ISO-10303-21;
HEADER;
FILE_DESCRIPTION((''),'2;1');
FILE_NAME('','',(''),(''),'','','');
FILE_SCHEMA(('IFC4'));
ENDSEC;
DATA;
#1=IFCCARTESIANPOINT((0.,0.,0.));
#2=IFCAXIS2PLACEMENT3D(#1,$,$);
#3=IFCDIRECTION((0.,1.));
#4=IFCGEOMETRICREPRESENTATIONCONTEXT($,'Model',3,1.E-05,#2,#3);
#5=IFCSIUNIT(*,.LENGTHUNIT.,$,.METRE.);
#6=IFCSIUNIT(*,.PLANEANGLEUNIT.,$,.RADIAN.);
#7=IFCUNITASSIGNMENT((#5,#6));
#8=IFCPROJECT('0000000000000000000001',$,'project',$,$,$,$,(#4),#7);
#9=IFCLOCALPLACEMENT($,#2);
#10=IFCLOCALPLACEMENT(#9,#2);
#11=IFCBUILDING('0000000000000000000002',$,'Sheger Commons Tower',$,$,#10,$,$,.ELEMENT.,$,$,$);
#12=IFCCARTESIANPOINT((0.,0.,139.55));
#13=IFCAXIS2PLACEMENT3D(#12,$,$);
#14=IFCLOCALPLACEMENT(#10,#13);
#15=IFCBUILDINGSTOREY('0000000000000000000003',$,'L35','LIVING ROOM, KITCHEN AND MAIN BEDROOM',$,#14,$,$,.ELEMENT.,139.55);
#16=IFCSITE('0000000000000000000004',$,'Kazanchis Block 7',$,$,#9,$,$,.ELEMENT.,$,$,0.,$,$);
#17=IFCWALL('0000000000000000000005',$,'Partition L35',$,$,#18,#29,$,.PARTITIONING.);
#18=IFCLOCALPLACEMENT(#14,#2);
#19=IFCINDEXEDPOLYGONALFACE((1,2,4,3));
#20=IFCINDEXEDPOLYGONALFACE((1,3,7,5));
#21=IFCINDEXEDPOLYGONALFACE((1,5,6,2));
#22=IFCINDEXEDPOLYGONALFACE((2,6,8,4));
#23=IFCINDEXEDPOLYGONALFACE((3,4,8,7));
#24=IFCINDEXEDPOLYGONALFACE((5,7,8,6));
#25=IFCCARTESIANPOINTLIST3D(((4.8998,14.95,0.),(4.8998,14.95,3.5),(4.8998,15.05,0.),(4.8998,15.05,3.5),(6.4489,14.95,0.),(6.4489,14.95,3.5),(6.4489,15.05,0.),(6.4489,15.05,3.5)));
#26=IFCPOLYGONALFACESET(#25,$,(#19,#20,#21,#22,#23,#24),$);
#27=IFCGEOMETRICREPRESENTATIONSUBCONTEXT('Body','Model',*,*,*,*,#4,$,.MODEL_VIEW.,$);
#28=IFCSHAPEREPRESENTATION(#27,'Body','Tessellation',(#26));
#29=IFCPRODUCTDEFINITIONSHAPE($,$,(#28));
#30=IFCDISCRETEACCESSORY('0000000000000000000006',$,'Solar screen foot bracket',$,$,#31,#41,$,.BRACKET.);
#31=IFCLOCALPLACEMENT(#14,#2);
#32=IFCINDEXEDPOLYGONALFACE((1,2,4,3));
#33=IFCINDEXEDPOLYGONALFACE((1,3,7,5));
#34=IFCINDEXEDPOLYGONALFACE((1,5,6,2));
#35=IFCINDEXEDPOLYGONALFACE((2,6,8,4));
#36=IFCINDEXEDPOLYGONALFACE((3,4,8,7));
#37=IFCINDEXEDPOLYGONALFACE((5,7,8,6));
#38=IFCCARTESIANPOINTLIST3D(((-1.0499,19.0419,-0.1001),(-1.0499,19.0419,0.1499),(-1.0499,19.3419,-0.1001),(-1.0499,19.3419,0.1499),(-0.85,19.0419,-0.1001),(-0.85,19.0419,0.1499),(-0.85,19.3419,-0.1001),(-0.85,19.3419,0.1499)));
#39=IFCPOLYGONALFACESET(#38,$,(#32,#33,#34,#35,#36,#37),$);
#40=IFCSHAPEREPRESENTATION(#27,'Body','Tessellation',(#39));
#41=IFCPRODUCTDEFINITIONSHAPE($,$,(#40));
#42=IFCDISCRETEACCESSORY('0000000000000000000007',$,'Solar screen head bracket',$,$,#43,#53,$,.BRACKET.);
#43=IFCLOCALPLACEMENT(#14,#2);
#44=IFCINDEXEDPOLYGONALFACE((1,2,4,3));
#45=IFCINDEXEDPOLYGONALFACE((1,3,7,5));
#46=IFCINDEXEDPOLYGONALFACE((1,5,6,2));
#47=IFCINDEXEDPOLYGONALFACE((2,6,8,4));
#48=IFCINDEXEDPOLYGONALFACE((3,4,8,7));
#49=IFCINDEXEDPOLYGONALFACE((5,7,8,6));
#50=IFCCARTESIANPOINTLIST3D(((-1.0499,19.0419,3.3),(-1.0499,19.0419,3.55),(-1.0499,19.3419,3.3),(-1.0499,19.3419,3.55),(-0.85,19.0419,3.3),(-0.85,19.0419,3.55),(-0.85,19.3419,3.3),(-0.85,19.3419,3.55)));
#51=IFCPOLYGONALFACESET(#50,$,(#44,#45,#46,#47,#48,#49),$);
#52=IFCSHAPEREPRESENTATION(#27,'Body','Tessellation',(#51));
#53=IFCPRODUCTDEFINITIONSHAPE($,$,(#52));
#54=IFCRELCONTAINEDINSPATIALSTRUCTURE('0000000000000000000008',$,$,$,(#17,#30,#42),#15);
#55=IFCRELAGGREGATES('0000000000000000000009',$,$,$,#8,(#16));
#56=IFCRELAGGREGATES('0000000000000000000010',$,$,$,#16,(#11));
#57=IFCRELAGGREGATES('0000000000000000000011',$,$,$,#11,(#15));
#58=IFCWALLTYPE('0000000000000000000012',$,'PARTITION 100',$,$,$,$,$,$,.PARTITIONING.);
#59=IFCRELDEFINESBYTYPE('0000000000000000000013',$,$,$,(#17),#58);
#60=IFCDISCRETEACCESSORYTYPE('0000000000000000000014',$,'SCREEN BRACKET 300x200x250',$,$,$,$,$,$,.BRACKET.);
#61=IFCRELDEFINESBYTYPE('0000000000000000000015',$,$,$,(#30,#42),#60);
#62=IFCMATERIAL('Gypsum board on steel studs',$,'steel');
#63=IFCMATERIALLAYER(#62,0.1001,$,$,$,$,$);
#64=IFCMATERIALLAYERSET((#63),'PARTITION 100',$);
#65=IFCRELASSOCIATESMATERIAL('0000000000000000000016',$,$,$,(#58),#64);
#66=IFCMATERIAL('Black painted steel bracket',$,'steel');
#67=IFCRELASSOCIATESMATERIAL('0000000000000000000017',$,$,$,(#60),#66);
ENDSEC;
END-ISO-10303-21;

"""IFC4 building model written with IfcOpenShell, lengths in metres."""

from ifc_helpers import new_model, si_unit, direction, frame, frame_2d, origin, origin_2d, place, context, subcontext, project, spatial, rectangle, extrude, material, layer, layer_set, type_object, element, save


model = new_model("IFC4")

# Units and contexts
model_context = context("Model", 3, precision=1e-05, world=origin(), true_north=direction((0.0, 1.0)))
body_context = subcontext(model_context, "Body", "Model", "MODEL_VIEW")
ifc_project = project(units=[si_unit("LENGTHUNIT", "METRE"), si_unit("PLANEANGLEUNIT", "RADIAN")], contexts=[model_context])

# Site, building, storey
site_placement = place(None, origin())
site = spatial("IfcSite", under=ifc_project, at=site_placement, Name="Kazanchis Block 7", CompositionType="ELEMENT", RefElevation=0.0)
building_placement = place(site_placement, origin())
building = spatial("IfcBuilding", under=site, at=building_placement, Name="Sheger Commons Tower", CompositionType="ELEMENT")
storey_placement = place(building_placement, frame((0.0, 0.0, 139.55)))
storey = spatial("IfcBuildingStorey", under=building, at=storey_placement, Name="L35", Description="LIVING ROOM, KITCHEN AND MAIN BEDROOM", CompositionType="ELEMENT", Elevation=139.55)

# Shared definitions
ifc_material_1 = material(Name="Gypsum board on steel studs", Category="steel")
ifc_layer_1 = layer(ifc_material_1, 0.1001)
ifc_layer_set_1 = layer_set([ifc_layer_1], Name="PARTITION 100")
wall_type = type_object("IfcWallType", Name="PARTITION 100", PredefinedType="PARTITIONING", material=ifc_layer_set_1)

# Wall
wall_1_placement = place(storey_placement, frame((4.8999, 15.0, 0.0), z_axis=(0.0, 0.0, 1.0), x_axis=(1.0, 0.0, 0.0)))
element("IfcWall", 1, at=wall_1_placement, inside=storey, type_object=wall_type, Name="Partition L35", PredefinedType="PARTITIONING", context=body_context, shape_type="SweptSolid", body=[
    extrude(rectangle(XDim=1.5491, YDim=0.1001, at=frame_2d((0.7744, 0.0))), origin(), (0.0, 0.0, 1.0), 3.5),
])

# Discrete accessories
ifc_material_2 = material(Name="Black painted steel bracket", Category="steel")
discrete_accessory_type = type_object("IfcDiscreteAccessoryType", Name="SCREEN BRACKET 300x200x250", PredefinedType="BRACKET", material=ifc_material_2)
for number, where, z_axis, x_axis, name in (
    (2, (-0.95, 19.1919, -0.1001), (0.0, 0.0, 1.0), (0.0, -1.0, 0.0), "Solar screen foot bracket"),
    (3, (-0.95, 19.1919, 3.3), (0.0, 0.0, 1.0), (0.0, -1.0, 0.0), "Solar screen head bracket"),
):
    element("IfcDiscreteAccessory", number, at=place(storey_placement, frame(where, z_axis=z_axis, x_axis=x_axis)), inside=storey, type_object=discrete_accessory_type, Name=name, PredefinedType="BRACKET", context=body_context, shape_type="SweptSolid", body=[
        extrude(rectangle(XDim=0.3, YDim=0.2, at=origin_2d()), origin(), (0.0, 0.0, 1.0), 0.25),
    ])

save(model, "model.ifc")
